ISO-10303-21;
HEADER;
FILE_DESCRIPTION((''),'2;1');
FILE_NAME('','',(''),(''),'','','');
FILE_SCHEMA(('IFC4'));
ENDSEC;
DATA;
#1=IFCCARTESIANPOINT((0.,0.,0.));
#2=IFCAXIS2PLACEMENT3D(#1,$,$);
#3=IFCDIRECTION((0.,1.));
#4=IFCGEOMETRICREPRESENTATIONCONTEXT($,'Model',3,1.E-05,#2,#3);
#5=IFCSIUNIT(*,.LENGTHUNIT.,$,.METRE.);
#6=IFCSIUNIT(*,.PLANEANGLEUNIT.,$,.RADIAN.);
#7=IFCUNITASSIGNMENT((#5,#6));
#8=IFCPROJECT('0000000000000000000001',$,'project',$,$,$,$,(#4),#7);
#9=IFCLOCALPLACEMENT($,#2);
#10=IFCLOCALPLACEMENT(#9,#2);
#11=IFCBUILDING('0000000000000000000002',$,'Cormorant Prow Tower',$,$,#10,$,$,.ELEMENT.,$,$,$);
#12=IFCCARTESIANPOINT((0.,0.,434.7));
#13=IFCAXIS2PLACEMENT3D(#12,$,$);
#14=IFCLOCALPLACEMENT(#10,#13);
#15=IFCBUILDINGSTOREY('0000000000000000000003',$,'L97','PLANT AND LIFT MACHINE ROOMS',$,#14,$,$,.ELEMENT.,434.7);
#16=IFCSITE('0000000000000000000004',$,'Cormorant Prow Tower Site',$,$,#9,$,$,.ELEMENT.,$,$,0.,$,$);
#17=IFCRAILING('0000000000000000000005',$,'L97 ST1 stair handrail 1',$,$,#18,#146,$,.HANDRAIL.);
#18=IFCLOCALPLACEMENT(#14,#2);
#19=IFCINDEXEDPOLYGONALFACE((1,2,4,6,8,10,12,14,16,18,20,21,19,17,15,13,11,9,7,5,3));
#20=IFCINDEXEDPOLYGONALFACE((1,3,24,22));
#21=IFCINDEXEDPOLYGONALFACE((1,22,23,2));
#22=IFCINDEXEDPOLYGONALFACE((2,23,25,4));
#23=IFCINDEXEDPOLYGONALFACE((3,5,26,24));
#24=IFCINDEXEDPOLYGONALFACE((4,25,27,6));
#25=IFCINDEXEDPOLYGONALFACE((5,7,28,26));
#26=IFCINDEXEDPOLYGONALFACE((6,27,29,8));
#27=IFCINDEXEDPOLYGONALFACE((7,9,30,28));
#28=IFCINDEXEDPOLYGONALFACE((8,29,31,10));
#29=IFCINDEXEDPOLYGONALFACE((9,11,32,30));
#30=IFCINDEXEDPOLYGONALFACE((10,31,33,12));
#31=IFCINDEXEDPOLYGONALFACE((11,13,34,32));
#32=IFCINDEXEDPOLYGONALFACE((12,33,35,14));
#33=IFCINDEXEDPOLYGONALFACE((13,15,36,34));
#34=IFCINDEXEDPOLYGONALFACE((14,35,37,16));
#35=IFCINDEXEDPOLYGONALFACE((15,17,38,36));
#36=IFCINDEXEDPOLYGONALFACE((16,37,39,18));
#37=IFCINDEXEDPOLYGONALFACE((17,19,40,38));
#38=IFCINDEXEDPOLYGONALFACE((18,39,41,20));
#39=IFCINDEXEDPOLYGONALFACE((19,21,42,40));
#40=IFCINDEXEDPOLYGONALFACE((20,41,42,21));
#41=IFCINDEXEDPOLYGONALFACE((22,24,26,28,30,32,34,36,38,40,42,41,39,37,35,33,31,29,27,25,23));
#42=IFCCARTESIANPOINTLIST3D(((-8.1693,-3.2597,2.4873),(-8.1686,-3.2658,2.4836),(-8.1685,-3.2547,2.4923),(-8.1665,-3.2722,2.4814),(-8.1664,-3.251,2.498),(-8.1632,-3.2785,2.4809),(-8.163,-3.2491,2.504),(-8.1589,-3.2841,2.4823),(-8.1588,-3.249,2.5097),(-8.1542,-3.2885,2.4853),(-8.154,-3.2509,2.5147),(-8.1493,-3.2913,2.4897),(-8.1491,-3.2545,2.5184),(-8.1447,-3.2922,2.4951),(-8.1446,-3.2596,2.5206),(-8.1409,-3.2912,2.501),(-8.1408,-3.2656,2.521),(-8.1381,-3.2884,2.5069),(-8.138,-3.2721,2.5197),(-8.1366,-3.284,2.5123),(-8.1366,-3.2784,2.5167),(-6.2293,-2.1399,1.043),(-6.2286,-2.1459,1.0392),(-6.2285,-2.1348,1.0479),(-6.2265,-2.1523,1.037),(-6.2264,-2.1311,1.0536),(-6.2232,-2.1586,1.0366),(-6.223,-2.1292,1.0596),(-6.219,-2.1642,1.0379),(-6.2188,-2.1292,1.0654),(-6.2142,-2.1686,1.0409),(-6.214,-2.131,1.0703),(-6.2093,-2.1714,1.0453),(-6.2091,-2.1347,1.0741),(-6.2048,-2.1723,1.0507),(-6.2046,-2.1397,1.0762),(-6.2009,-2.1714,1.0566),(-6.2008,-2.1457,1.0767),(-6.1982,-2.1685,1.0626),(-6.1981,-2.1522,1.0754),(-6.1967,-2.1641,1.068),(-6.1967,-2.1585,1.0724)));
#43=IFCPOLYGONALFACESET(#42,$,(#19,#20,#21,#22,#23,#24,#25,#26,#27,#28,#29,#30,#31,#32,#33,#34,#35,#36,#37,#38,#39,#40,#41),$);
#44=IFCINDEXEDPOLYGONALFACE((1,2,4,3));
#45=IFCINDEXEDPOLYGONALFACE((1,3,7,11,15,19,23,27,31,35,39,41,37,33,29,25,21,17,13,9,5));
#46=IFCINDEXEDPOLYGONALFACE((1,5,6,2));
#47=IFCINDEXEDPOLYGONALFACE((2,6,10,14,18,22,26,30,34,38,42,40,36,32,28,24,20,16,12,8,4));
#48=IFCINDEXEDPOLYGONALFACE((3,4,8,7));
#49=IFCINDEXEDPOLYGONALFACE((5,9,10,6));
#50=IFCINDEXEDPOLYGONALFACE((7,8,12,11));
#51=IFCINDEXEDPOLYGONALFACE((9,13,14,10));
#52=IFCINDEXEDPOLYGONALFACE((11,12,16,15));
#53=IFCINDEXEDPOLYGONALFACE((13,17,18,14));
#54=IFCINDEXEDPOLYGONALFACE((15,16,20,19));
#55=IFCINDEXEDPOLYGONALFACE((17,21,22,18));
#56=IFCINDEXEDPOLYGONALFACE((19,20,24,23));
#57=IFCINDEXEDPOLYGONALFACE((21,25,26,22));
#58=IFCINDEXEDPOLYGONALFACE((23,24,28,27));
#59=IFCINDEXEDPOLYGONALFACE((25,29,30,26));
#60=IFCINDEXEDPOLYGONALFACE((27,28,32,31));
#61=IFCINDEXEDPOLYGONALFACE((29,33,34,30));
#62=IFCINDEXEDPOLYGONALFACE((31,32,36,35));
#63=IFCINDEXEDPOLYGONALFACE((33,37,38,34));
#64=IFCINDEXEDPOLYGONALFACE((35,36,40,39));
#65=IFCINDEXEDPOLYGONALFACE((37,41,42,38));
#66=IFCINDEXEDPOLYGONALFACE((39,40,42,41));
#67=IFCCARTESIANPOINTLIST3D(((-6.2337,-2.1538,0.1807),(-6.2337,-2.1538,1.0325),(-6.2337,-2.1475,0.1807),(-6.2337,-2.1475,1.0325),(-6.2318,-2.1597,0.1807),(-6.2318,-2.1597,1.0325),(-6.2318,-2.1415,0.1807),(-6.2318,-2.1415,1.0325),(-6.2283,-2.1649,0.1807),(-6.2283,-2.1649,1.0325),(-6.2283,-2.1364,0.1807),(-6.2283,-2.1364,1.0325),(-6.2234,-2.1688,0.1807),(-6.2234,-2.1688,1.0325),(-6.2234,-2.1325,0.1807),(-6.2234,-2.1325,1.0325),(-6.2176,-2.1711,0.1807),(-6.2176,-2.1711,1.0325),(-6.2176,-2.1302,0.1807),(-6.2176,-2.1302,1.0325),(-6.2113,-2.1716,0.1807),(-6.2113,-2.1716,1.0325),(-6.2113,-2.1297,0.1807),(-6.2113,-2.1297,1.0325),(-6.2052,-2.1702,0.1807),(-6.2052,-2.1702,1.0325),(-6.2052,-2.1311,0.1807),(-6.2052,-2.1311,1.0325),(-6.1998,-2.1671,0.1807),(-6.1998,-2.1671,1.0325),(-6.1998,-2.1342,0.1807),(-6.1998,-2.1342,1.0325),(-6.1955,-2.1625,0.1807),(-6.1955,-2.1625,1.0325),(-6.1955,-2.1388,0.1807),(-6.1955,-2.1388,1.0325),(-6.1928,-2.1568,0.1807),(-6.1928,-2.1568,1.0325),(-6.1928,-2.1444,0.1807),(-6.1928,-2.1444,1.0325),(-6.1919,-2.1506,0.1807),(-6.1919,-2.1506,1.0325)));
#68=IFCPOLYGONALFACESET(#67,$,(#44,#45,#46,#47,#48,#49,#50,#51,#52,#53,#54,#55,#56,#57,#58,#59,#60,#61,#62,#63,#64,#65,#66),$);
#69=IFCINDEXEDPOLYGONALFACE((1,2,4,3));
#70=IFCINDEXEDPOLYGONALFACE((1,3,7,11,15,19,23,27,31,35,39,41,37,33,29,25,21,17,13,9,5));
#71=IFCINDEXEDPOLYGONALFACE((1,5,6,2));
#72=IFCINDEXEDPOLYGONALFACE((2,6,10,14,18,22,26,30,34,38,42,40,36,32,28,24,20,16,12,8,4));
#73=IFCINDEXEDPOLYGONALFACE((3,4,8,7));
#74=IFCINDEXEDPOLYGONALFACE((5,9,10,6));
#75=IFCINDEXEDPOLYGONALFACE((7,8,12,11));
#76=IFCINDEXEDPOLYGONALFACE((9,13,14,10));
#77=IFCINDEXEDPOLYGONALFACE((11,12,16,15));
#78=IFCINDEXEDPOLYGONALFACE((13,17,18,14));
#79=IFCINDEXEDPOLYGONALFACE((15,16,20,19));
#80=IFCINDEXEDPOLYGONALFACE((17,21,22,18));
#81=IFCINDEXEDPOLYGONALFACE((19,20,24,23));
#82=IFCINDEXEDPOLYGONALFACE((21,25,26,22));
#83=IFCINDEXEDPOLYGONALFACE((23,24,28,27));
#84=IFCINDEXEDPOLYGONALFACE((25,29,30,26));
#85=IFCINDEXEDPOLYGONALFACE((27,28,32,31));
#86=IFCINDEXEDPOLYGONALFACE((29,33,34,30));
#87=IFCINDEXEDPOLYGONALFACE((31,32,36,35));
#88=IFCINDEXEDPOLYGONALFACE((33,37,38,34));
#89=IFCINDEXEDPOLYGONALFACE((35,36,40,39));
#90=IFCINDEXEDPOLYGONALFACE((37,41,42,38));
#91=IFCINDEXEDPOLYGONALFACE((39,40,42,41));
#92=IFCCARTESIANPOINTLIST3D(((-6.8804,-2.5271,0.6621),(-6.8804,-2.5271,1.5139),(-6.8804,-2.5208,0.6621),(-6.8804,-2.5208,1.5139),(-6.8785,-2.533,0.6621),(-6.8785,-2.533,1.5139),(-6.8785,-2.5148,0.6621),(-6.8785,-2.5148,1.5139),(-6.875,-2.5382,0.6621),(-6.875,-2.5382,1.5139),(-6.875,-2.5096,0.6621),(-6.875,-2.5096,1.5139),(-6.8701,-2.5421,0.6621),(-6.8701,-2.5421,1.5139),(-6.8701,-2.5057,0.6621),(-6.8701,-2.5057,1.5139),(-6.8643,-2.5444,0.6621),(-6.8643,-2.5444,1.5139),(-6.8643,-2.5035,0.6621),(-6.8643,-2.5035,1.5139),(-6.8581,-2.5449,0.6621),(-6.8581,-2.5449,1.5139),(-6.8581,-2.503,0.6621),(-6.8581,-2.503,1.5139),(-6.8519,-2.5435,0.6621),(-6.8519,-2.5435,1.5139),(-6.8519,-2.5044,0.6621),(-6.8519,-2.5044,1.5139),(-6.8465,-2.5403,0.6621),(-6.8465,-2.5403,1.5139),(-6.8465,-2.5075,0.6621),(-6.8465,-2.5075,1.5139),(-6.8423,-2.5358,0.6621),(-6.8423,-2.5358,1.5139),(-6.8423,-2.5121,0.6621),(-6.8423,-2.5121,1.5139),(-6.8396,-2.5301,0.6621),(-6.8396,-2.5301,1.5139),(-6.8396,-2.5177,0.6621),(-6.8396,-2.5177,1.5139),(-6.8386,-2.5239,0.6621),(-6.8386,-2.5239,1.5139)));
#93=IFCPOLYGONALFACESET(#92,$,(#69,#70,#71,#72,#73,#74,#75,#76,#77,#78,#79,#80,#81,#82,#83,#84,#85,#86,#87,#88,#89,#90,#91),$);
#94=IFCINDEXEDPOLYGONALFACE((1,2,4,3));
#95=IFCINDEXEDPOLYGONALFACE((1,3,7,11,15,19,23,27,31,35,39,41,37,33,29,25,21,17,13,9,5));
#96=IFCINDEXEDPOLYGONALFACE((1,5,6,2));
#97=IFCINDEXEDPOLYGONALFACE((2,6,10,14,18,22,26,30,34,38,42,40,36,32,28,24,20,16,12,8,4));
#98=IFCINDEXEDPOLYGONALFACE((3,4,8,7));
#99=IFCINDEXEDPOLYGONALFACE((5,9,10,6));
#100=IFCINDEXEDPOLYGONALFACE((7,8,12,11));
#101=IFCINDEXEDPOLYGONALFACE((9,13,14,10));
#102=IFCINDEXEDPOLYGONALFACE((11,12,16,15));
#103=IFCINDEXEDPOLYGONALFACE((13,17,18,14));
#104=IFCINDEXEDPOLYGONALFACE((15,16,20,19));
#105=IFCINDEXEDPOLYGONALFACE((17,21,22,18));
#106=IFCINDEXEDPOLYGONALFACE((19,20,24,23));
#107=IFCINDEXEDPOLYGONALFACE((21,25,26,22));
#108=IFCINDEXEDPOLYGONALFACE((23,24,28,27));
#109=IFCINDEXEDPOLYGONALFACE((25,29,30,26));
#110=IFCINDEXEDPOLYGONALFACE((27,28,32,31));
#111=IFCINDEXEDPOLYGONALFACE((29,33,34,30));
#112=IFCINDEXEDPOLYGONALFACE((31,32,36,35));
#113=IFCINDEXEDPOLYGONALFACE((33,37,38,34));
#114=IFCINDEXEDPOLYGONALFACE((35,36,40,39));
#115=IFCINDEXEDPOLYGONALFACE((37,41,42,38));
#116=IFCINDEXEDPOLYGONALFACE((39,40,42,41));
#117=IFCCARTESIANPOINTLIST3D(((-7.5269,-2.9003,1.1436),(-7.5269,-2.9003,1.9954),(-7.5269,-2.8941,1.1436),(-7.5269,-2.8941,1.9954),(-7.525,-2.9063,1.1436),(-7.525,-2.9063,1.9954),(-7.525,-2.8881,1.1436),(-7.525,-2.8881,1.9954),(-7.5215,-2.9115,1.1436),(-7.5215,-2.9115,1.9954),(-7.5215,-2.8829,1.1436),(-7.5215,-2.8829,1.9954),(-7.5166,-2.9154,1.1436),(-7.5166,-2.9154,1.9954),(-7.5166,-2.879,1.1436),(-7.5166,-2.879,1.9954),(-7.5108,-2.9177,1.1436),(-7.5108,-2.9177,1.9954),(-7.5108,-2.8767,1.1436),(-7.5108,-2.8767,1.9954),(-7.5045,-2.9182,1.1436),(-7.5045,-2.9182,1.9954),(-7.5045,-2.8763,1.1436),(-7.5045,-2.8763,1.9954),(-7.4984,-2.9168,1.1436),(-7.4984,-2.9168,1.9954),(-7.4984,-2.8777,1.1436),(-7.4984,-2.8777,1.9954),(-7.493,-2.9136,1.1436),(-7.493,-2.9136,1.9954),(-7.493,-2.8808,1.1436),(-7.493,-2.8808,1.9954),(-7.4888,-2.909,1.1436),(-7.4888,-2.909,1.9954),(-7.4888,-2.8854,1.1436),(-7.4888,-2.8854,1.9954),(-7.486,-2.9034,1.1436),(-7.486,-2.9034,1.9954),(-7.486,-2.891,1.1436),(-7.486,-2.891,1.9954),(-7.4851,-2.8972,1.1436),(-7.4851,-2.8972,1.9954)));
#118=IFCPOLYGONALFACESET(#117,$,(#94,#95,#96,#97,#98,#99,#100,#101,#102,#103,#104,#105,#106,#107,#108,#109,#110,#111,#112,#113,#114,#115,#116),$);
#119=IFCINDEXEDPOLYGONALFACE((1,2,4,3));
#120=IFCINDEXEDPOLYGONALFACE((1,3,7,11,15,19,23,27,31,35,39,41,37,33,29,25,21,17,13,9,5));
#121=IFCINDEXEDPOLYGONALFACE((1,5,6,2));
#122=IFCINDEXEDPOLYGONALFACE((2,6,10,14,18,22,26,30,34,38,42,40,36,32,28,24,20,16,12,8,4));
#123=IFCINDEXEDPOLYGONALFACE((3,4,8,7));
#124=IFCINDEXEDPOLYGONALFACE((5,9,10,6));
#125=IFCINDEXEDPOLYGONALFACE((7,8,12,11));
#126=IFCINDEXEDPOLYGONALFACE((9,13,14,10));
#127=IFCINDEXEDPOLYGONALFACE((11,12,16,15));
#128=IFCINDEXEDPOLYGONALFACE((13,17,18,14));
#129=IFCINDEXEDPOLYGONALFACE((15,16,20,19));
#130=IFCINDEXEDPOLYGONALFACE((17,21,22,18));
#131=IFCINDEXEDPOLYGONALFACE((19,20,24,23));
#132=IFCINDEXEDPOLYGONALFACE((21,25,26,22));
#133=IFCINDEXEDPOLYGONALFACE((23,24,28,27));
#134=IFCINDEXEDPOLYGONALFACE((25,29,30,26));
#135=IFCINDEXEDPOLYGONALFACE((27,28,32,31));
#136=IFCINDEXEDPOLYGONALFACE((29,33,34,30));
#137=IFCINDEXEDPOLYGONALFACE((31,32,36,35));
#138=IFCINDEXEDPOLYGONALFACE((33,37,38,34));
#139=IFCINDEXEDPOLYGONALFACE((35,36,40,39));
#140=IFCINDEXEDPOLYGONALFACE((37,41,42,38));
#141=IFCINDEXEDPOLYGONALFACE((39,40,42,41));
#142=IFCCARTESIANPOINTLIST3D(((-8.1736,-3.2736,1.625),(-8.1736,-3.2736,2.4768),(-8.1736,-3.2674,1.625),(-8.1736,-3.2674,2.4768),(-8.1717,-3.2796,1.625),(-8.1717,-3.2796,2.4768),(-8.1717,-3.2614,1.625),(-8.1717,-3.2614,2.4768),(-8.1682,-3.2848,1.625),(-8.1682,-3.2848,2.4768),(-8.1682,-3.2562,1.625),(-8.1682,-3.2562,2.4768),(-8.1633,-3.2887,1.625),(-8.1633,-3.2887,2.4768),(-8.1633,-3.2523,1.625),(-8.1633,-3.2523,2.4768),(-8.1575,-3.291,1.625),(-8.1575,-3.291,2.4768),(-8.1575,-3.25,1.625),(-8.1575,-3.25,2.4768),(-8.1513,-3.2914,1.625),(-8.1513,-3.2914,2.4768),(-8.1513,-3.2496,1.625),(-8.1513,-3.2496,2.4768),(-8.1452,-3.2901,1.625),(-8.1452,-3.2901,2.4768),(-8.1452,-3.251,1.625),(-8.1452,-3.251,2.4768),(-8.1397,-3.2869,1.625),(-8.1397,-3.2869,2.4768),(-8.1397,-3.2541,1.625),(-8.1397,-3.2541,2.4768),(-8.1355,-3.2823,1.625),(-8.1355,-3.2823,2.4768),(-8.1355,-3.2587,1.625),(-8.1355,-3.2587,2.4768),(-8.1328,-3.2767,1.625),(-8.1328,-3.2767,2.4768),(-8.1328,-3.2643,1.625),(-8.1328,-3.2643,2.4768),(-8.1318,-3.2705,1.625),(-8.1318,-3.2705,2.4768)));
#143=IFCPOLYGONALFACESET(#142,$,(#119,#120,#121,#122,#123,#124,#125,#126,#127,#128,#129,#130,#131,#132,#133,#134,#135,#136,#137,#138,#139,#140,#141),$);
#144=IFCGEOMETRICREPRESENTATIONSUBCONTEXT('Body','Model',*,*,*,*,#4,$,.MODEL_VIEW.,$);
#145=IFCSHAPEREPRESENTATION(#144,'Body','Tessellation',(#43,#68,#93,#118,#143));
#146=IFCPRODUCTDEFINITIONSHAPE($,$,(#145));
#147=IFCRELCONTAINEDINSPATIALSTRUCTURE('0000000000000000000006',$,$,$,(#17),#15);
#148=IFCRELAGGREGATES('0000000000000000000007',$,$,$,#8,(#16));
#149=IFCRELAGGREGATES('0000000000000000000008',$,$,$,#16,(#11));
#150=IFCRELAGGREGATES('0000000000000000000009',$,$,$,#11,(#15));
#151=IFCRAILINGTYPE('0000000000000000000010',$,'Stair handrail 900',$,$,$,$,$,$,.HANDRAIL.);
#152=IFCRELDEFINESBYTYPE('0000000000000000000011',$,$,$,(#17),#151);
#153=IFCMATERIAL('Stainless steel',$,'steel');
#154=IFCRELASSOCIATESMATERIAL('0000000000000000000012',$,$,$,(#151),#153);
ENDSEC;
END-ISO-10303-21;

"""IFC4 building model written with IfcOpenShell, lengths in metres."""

from ifc_helpers import new_model, si_unit, direction, frame, origin, origin_2d, place, context, subcontext, project, spatial, circle, extrude, material, type_object, element, save


model = new_model("IFC4")

# Units and contexts
model_context = context("Model", 3, precision=1e-05, world=origin(), true_north=direction((0.0, 1.0)))
body_context = subcontext(model_context, "Body", "Model", "MODEL_VIEW")
ifc_project = project(units=[si_unit("LENGTHUNIT", "METRE"), si_unit("PLANEANGLEUNIT", "RADIAN")], contexts=[model_context])

# Site, building, storey
site_placement = place(None, origin())
site = spatial("IfcSite", under=ifc_project, at=site_placement, Name="Cormorant Prow Tower Site", CompositionType="ELEMENT", RefElevation=0.0)
building_placement = place(site_placement, origin())
building = spatial("IfcBuilding", under=site, at=building_placement, Name="Cormorant Prow Tower", CompositionType="ELEMENT")
storey_placement = place(building_placement, frame((0.0, 0.0, 434.7)))
storey = spatial("IfcBuildingStorey", under=building, at=storey_placement, Name="L97", Description="PLANT AND LIFT MACHINE ROOMS", CompositionType="ELEMENT", Elevation=434.7)

# Railing
ifc_material_1 = material(Name="Stainless steel", Category="steel")
railing_type = type_object("IfcRailingType", Name="Stair handrail 900", PredefinedType="HANDRAIL", material=ifc_material_1)
for number, where, name in (
    (1, (-6.2129, -2.1506, 0.1807), "L97 ST1 stair handrail 1"),
):
    element("IfcRailing", number, at=place(storey_placement, frame(where)), inside=storey, type_object=railing_type, Name=name, PredefinedType="HANDRAIL", context=body_context, shape_type="SweptSolid", body=[
        extrude(circle(Radius=0.0239, at=origin_2d()), frame((0.0, 0.0, 0.876), z_axis=(-0.727863, -0.420175, 0.541912), x_axis=(0.499949, -0.866055, 0.0)), (0.0, 0.0, 1.0), 2.6653),
        extrude(circle(Radius=0.021, at=origin_2d()), origin(), (0.0, 0.0, 1.0), 0.8518),
        extrude(circle(Radius=0.021, at=origin_2d()), frame((-0.6467, -0.3733, 0.4814)), (0.0, 0.0, 1.0), 0.8518),
        extrude(circle(Radius=0.021, at=origin_2d()), frame((-1.2932, -0.7466, 0.9629)), (0.0, 0.0, 1.0), 0.8518),
        extrude(circle(Radius=0.021, at=origin_2d()), frame((-1.9399, -1.1199, 1.4443)), (0.0, 0.0, 1.0), 0.8518),
    ])

save(model, "model.ifc")
